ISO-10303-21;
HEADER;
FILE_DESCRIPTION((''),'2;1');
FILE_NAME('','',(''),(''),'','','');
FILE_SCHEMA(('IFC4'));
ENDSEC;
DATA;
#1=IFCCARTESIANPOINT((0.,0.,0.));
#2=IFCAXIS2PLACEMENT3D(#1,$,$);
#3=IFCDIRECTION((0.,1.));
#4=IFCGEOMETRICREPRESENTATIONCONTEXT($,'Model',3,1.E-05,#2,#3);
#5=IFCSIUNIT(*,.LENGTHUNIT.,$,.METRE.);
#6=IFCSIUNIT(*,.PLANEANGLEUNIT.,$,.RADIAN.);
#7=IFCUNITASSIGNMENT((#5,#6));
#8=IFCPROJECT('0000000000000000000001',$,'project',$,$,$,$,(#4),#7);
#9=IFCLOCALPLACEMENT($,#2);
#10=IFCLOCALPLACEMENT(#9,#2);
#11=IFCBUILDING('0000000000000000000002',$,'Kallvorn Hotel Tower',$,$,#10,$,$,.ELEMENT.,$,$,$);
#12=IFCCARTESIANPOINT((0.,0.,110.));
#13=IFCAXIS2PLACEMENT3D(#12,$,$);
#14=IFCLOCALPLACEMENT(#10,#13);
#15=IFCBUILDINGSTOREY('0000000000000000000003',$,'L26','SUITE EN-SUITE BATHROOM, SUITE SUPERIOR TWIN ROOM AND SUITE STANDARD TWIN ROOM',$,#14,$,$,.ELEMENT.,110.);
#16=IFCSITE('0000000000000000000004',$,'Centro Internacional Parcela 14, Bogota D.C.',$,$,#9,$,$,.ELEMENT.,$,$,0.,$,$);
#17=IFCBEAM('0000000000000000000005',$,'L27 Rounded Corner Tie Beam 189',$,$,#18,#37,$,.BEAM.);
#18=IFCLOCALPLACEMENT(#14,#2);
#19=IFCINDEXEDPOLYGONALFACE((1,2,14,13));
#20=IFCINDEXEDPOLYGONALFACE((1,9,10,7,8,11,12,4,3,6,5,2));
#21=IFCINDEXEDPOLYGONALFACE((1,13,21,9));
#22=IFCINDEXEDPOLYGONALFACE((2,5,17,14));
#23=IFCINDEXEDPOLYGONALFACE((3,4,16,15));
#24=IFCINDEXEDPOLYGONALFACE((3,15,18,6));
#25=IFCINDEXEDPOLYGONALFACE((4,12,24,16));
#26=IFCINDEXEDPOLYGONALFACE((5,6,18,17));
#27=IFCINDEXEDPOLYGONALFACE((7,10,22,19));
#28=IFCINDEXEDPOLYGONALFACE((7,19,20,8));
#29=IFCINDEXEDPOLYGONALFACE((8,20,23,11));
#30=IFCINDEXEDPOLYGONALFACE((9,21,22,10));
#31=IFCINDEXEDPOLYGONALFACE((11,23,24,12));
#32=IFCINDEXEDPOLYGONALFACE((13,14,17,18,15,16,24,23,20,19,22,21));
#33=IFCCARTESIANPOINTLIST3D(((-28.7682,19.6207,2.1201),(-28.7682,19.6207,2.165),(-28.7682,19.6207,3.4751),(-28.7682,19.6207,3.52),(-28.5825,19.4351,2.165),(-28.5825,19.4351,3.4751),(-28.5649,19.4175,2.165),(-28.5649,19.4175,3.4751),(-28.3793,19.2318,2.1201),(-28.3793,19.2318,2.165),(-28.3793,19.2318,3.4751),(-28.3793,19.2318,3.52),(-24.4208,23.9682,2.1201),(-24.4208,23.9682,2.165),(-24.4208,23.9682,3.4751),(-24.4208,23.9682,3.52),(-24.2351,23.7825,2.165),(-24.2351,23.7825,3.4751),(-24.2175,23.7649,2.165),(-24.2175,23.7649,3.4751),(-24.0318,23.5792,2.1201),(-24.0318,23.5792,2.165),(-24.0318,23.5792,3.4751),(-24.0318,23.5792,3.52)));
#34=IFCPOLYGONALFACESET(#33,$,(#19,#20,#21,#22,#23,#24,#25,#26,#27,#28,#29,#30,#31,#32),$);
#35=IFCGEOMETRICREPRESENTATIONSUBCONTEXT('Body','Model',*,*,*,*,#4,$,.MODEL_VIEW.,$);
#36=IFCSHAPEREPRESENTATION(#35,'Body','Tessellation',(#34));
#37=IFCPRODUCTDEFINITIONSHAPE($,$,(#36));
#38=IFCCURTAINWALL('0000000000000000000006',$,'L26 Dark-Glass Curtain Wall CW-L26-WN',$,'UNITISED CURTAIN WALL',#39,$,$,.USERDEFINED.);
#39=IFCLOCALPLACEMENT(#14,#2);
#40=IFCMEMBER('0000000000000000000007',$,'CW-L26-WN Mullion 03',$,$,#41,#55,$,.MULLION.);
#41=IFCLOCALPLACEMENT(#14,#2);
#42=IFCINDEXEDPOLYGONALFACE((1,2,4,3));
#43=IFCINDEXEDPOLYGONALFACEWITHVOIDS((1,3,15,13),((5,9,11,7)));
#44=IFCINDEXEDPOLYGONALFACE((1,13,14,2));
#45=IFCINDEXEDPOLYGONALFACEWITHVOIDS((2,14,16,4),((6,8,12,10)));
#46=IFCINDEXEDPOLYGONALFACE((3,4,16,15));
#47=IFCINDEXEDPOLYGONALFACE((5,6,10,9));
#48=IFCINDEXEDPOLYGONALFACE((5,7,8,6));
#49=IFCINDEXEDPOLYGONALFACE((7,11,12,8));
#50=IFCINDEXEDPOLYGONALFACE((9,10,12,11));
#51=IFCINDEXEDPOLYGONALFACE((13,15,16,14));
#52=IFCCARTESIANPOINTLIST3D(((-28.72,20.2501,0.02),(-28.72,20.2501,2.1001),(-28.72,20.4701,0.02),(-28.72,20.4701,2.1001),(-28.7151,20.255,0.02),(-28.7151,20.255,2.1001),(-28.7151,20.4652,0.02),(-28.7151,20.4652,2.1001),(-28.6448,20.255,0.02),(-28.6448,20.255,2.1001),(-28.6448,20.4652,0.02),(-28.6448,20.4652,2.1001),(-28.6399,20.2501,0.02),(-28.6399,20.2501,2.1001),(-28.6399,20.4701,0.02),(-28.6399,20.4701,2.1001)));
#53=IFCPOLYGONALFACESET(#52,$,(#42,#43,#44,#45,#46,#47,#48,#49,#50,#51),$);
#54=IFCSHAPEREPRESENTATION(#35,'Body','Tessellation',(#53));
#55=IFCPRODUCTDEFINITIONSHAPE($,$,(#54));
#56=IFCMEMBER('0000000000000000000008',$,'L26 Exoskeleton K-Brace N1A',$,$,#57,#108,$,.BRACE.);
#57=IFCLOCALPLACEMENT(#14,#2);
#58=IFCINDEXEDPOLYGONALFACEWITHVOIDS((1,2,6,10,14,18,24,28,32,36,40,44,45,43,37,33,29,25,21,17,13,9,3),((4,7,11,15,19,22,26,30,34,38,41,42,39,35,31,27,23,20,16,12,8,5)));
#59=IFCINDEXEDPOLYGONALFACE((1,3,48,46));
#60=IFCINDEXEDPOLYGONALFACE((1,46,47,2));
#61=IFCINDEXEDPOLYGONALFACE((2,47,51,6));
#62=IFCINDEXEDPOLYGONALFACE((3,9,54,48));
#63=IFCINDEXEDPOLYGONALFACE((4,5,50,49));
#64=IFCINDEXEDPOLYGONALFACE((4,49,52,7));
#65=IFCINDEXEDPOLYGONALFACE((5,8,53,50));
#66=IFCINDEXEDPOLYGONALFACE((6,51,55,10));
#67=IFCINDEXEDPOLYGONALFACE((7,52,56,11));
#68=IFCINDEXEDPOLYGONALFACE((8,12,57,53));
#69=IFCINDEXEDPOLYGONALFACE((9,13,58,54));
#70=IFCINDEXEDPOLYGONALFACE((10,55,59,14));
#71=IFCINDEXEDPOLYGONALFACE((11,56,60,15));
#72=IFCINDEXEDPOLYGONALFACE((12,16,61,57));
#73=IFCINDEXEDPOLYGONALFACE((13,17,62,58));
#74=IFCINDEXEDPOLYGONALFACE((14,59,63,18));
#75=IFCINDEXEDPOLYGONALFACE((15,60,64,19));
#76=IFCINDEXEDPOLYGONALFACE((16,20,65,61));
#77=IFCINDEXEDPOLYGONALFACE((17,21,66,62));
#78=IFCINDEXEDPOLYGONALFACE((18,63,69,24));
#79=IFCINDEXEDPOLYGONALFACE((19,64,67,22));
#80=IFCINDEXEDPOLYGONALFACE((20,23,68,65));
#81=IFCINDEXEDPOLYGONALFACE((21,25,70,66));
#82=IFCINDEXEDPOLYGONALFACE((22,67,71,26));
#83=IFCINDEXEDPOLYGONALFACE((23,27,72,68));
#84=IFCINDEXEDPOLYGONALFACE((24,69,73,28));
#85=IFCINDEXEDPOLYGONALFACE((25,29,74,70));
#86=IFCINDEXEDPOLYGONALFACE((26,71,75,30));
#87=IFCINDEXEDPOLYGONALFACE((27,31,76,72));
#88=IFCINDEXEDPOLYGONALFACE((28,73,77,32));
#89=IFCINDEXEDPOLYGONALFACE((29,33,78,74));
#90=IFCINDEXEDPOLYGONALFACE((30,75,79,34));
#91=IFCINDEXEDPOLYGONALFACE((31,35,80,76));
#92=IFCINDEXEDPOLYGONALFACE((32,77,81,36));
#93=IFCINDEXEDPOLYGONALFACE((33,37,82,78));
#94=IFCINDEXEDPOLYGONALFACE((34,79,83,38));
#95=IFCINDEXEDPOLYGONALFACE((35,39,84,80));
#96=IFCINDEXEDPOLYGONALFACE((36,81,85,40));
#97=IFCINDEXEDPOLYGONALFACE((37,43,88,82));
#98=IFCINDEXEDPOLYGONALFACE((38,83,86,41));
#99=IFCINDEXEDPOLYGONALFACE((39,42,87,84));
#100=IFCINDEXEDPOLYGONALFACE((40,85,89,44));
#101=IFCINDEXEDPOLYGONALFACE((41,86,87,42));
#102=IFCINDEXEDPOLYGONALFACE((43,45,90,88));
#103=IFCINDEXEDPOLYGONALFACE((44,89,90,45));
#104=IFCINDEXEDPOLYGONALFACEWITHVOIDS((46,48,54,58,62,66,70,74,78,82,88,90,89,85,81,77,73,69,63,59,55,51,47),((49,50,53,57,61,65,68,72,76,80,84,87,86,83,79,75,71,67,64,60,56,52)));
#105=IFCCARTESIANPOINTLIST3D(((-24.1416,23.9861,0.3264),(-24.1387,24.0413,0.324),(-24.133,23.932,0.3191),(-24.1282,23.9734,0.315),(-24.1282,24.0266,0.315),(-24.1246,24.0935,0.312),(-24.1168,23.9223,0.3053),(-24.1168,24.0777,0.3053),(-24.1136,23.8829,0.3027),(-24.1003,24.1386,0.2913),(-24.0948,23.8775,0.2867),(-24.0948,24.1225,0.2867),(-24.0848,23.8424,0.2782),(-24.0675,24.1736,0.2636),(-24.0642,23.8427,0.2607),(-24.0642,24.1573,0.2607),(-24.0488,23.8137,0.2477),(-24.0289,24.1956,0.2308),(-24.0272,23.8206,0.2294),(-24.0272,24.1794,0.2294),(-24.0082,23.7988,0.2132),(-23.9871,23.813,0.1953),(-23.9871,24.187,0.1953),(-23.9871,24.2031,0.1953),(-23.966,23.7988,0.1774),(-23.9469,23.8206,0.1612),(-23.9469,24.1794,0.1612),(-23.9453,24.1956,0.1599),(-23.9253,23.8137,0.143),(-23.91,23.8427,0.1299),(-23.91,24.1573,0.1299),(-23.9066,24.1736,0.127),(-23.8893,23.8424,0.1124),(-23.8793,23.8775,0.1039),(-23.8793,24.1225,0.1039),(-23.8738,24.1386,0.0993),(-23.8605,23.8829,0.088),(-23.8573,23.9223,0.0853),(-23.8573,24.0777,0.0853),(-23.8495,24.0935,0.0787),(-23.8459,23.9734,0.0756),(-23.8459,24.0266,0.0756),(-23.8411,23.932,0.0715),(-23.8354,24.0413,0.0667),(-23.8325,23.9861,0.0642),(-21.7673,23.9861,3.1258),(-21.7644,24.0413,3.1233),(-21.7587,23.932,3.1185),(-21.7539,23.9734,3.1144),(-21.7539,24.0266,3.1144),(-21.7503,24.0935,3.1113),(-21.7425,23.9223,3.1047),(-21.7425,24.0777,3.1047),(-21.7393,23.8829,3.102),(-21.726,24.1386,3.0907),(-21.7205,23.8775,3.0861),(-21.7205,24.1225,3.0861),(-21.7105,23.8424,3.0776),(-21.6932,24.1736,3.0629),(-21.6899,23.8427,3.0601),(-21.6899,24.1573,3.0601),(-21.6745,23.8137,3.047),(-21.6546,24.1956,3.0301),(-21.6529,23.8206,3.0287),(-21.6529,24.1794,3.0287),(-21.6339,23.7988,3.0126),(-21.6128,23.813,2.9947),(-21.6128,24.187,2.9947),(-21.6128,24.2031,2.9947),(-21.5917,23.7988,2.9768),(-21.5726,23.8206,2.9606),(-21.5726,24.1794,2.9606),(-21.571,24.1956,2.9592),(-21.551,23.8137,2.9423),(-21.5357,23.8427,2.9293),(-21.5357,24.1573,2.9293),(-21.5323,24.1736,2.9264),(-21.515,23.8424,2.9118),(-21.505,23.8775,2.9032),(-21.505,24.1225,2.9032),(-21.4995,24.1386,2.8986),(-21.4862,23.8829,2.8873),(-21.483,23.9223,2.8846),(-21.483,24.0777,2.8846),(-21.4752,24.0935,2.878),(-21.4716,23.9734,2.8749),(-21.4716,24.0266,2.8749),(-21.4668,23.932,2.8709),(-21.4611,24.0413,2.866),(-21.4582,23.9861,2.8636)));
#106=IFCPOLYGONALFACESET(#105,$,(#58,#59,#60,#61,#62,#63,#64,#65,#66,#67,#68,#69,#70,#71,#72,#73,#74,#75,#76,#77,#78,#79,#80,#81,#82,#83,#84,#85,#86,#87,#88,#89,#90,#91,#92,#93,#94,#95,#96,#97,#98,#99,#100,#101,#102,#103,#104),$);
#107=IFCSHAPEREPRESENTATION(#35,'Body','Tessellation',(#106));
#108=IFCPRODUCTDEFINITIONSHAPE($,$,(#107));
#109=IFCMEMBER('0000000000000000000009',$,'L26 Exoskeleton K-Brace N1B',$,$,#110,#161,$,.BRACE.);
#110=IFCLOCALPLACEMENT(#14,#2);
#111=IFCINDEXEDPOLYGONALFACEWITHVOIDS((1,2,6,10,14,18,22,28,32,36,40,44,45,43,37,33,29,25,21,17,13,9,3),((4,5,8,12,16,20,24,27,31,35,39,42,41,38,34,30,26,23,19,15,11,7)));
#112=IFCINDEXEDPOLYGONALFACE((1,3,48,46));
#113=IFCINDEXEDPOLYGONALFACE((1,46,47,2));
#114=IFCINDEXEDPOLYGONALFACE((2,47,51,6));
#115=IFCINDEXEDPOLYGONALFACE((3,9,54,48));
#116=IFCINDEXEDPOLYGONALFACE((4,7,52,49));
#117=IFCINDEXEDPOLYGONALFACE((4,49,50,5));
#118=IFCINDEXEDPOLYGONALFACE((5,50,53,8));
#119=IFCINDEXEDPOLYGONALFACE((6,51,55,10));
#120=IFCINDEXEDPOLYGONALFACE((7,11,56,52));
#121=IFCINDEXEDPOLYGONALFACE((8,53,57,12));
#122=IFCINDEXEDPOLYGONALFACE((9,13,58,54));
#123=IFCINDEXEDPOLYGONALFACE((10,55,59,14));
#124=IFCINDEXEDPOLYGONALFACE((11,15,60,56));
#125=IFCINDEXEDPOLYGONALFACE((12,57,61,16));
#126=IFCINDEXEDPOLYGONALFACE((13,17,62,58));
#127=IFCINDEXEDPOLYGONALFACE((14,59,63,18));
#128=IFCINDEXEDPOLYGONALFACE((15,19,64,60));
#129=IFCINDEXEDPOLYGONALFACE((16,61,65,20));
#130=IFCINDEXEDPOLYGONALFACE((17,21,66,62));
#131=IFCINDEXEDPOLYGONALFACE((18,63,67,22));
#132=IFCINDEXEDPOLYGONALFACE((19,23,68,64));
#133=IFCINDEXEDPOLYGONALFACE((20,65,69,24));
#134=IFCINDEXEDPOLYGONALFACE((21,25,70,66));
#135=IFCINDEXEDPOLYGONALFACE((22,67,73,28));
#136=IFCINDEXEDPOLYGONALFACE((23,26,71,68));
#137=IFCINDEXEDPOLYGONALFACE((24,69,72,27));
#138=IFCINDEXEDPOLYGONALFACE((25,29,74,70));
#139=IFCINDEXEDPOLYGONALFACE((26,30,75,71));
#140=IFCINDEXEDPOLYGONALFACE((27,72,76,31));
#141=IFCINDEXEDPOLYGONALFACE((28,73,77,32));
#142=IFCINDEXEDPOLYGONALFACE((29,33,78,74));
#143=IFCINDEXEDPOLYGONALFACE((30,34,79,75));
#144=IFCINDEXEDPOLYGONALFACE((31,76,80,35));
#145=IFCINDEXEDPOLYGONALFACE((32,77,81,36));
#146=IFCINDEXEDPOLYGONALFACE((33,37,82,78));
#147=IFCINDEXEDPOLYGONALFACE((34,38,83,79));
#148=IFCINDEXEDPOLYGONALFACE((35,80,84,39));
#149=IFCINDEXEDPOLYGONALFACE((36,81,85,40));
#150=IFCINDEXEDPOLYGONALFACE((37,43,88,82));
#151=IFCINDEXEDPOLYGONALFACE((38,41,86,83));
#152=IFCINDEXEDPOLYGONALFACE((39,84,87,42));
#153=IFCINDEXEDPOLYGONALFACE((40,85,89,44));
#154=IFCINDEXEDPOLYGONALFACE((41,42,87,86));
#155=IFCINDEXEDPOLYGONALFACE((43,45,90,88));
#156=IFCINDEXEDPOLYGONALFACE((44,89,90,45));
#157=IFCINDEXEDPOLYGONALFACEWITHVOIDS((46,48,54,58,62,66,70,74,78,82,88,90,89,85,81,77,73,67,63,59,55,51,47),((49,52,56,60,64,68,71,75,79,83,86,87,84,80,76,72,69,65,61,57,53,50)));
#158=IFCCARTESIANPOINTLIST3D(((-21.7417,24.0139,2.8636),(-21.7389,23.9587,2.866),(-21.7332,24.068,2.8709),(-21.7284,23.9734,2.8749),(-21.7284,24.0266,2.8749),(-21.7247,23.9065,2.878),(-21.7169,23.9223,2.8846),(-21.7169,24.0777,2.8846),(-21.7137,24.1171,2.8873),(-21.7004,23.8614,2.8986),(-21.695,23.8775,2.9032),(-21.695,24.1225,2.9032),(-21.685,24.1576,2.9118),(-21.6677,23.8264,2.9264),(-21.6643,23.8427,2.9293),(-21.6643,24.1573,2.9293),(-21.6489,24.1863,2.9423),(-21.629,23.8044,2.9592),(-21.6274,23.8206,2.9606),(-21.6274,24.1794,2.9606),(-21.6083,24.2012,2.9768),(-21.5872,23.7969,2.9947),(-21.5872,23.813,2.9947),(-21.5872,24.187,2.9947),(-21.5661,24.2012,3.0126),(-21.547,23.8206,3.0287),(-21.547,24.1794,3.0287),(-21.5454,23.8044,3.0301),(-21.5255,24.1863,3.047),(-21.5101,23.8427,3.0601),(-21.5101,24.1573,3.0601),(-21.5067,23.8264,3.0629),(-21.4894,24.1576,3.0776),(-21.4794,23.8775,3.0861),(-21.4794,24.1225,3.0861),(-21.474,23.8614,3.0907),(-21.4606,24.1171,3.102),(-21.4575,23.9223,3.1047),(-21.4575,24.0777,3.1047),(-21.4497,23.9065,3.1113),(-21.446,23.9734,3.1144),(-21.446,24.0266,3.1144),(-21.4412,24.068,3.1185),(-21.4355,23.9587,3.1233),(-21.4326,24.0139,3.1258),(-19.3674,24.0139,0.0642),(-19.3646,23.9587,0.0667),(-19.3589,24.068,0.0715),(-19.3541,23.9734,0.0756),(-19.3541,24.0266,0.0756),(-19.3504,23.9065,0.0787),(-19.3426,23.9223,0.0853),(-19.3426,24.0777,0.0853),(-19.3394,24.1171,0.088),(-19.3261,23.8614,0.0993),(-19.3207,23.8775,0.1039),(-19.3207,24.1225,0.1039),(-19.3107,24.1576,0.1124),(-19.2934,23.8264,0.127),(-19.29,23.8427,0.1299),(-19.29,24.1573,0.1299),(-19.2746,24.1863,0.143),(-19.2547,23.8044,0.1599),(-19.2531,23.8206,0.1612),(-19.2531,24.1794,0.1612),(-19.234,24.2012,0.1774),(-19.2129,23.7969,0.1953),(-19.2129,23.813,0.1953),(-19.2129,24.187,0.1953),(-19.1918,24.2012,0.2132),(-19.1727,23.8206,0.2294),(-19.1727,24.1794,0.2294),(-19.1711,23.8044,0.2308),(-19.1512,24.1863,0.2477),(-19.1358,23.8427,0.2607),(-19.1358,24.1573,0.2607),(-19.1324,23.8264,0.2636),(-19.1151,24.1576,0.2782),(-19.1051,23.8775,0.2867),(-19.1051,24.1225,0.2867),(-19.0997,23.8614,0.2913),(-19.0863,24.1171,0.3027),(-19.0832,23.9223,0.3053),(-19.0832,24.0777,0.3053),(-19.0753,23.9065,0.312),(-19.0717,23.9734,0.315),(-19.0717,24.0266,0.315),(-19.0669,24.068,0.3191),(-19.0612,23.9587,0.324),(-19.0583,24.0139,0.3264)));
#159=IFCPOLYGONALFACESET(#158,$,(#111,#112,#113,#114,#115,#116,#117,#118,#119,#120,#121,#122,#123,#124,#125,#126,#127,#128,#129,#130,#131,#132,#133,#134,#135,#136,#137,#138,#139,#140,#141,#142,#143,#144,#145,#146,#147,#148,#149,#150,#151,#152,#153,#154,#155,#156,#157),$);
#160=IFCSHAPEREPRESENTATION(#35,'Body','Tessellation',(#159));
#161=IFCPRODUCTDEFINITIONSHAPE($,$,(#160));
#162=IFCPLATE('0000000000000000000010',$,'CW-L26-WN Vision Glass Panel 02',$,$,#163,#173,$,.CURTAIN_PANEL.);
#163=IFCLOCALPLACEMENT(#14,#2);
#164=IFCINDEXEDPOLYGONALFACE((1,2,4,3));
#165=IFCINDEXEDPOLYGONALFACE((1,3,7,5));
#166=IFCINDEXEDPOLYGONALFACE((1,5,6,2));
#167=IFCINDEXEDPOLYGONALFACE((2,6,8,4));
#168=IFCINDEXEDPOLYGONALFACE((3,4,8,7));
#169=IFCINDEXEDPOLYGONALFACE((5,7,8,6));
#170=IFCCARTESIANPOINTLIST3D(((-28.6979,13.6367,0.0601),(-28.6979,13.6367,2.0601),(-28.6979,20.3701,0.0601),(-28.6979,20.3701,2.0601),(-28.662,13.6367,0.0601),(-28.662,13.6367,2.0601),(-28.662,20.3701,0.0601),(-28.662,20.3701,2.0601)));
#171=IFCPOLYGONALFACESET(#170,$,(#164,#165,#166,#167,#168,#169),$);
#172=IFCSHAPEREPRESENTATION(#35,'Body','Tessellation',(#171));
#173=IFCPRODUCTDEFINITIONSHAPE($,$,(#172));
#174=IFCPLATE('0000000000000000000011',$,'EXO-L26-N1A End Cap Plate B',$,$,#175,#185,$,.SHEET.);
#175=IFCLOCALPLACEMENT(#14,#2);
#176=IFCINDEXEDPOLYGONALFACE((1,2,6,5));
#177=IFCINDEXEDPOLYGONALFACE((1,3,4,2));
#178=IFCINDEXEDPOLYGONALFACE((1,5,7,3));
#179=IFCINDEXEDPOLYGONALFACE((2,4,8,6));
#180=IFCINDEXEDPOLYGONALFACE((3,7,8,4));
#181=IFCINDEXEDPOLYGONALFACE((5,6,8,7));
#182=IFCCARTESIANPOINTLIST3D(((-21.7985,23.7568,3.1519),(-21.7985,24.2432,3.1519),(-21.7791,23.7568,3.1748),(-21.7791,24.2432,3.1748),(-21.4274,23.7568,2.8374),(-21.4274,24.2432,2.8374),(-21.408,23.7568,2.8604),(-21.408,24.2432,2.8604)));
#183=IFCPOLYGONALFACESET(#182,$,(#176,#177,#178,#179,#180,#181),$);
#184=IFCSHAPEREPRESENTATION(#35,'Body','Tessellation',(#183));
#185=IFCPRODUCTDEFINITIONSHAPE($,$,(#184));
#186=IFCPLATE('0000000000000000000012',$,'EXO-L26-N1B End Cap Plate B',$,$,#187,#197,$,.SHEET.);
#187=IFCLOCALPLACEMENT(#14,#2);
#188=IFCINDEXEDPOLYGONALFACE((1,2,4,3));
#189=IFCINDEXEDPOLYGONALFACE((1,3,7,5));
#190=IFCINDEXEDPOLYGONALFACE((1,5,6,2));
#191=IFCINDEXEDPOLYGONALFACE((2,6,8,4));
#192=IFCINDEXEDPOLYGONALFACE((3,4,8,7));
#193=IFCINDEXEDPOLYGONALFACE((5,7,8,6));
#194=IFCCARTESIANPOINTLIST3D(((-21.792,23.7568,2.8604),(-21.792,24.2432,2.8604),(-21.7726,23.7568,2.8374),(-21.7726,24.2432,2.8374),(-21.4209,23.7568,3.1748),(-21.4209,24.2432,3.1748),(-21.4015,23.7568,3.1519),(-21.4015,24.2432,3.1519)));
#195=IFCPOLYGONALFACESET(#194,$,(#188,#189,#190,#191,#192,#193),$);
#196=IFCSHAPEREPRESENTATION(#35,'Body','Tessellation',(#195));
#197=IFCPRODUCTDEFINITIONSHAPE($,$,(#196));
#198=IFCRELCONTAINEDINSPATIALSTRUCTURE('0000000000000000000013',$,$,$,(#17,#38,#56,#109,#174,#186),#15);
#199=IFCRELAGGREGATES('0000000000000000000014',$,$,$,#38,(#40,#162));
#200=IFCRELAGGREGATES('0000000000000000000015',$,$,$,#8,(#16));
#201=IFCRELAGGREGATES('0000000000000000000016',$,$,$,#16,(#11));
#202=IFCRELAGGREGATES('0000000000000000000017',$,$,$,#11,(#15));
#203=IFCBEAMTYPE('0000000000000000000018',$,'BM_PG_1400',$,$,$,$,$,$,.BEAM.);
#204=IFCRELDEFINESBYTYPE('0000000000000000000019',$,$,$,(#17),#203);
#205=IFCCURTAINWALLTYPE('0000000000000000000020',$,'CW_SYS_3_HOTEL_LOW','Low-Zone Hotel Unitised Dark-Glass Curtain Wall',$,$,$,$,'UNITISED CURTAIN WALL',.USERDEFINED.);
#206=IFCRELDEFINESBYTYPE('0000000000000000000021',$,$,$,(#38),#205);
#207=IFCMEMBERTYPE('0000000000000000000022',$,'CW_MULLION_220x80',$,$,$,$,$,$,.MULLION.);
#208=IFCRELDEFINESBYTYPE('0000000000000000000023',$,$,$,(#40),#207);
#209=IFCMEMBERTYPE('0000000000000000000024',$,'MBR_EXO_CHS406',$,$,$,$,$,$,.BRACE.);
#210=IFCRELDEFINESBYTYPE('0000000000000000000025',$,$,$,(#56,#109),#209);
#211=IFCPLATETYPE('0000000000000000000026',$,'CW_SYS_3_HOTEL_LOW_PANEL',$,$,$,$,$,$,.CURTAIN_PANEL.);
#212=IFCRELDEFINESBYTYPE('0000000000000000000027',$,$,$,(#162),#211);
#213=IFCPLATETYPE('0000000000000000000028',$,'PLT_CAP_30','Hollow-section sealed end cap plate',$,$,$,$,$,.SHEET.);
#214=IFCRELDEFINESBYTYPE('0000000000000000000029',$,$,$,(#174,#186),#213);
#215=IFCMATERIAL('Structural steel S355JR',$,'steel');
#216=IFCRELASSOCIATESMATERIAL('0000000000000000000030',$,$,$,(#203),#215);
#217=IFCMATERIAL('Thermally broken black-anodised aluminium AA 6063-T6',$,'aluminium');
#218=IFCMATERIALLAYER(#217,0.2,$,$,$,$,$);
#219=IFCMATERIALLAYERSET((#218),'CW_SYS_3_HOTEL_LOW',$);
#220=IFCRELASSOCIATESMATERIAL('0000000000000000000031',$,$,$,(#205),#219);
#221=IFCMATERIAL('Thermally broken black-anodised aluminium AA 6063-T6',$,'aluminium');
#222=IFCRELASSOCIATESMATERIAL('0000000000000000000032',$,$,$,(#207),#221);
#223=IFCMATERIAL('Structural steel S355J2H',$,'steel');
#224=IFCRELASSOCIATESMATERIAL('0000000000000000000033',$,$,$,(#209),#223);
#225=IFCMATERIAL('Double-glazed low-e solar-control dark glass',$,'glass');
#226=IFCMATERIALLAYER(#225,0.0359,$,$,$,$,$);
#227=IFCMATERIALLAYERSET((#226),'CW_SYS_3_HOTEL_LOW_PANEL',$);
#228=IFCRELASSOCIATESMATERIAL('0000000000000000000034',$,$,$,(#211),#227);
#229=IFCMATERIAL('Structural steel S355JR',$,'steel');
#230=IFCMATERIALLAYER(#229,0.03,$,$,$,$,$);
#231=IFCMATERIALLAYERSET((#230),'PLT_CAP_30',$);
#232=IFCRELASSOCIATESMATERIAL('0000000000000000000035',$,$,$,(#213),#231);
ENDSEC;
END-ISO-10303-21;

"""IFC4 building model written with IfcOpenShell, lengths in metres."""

from ifc_helpers import new_model, si_unit, direction, frame, origin, origin_2d, place, context, subcontext, project, spatial, polyline, rectangle, hollow_rectangle, hollow_circle, i_section, outline, extrude, material, layer, layer_set, material_profile, profile_set, type_object, element, aggregate, save


model = new_model("IFC4")

# Units and contexts
model_context = context("Model", 3, precision=1e-05, world=origin(), true_north=direction((0.0, 1.0)))
body_context = subcontext(model_context, "Body", "Model", "MODEL_VIEW")
ifc_project = project(units=[si_unit("LENGTHUNIT", "METRE"), si_unit("PLANEANGLEUNIT", "RADIAN")], contexts=[model_context])

# Site, building, storey
site_placement = place(None, origin())
site = spatial("IfcSite", under=ifc_project, at=site_placement, Name="Centro Internacional Parcela 14, Bogota D.C.", CompositionType="ELEMENT", RefElevation=0.0)
building_placement = place(site_placement, origin())
building = spatial("IfcBuilding", under=site, at=building_placement, Name="Kallvorn Hotel Tower", CompositionType="ELEMENT")
storey_placement = place(building_placement, frame((0.0, 0.0, 110.0)))
storey = spatial("IfcBuildingStorey", under=building, at=storey_placement, Name="L26", Description="SUITE EN-SUITE BATHROOM, SUITE SUPERIOR TWIN ROOM AND SUITE STANDARD TWIN ROOM", CompositionType="ELEMENT", Elevation=110.0)

# Beam
ifc_material_1 = material(Name="Structural steel S355JR", Category="steel")
ifc_material_profile_1 = material_profile(ifc_material_1, i_section(OverallWidth=0.55, OverallDepth=1.3999, WebThickness=0.0249, FlangeThickness=0.0449, at=origin_2d()), Name="PG 1400x550x25x45")
ifc_profile_set_1 = profile_set([ifc_material_profile_1], Name="Structural steel S355JR")
beam_type_1 = type_object("IfcBeamType", Name="BM_PG_1400", PredefinedType="BEAM", material=ifc_profile_set_1)
beam_1_placement = place(storey_placement, frame((-28.5737, 19.4263, 2.8201), z_axis=(0.707107, 0.707107, 0.0), x_axis=(-0.707107, 0.707107, 0.0)))
element("IfcBeam", 1, at=beam_1_placement, inside=storey, type_object=beam_type_1, Name="L27 Rounded Corner Tie Beam 189", PredefinedType="BEAM", context=body_context, shape_type="SweptSolid", body=[
    extrude(i_section(OverallWidth=0.55, OverallDepth=1.3999, WebThickness=0.0249, FlangeThickness=0.0449, at=origin_2d()), origin(), (0.0, 0.0, 1.0), 6.1482),
])

# Curtain wall, member
ifc_material_2 = material(Name="Thermally broken black-anodised aluminium AA 6063-T6", Category="aluminium")
ifc_layer_1 = layer(ifc_material_2, 0.2)
ifc_layer_set_1 = layer_set([ifc_layer_1], Name="CW_SYS_3_HOTEL_LOW")
curtain_wall_type = type_object("IfcCurtainWallType", Name="CW_SYS_3_HOTEL_LOW", Description="Low-Zone Hotel Unitised Dark-Glass Curtain Wall", ElementType="UNITISED CURTAIN WALL", PredefinedType="USERDEFINED", material=ifc_layer_set_1)
curtain_wall_placement = place(storey_placement, origin())
curtain_wall = element("IfcCurtainWall", 2, at=curtain_wall_placement, inside=storey, type_object=curtain_wall_type, Name="L26 Dark-Glass Curtain Wall CW-L26-WN", ObjectType="UNITISED CURTAIN WALL", PredefinedType="USERDEFINED")
ifc_material_3 = material(Name="Thermally broken black-anodised aluminium AA 6063-T6", Category="aluminium")
ifc_material_profile_2 = material_profile(ifc_material_3, hollow_rectangle(XDim=0.0801, YDim=0.22, WallThickness=0.0049, at=origin_2d()), Name="MUL 220x80")
ifc_profile_set_2 = profile_set([ifc_material_profile_2], Name="Thermally broken black-anodised aluminium AA 6063-T6")
member_type_1 = type_object("IfcMemberType", Name="CW_MULLION_220x80", PredefinedType="MULLION", material=ifc_profile_set_2)
member_placement = place(storey_placement, frame((-28.6799, 20.3601, 0.02), z_axis=(0.0, 0.0, 1.0), x_axis=(1.0, 0.0, 0.0)))
member = element("IfcMember", 3, at=member_placement, type_object=member_type_1, Name="CW-L26-WN Mullion 03", PredefinedType="MULLION", context=body_context, shape_type="SweptSolid", body=[
    extrude(hollow_rectangle(XDim=0.0801, YDim=0.22, WallThickness=0.0049, at=origin_2d()), origin(), (0.0, 0.0, 1.0), 2.0801),
])

# Members
ifc_material_4 = material(Name="Structural steel S355J2H", Category="steel")
ifc_material_profile_3 = material_profile(ifc_material_4, hollow_circle(Radius=0.2031, WallThickness=0.0161, at=origin_2d()), Name="CHS 406.4x16")
ifc_profile_set_3 = profile_set([ifc_material_profile_3], Name="Structural steel S355J2H")
member_type_2 = type_object("IfcMemberType", Name="MBR_EXO_CHS406", PredefinedType="BRACE", material=ifc_profile_set_3)
for number, where, z_axis, x_axis, name in (
    (4, (-23.9871, 24.0, 0.1953), (0.646833, 0.0, 0.762631), (0.0, 1.0, 0.0), "L26 Exoskeleton K-Brace N1A"),
    (5, (-19.2129, 24.0, 0.1953), (-0.646833, 0.0, 0.762631), (0.0, -1.0, 0.0), "L26 Exoskeleton K-Brace N1B"),
):
    element("IfcMember", number, at=place(storey_placement, frame(where, z_axis=z_axis, x_axis=x_axis)), inside=storey, type_object=member_type_2, Name=name, PredefinedType="BRACE", context=body_context, shape_type="SweptSolid", body=[
        extrude(hollow_circle(Radius=0.2031, WallThickness=0.0161, at=origin_2d()), origin(), (0.0, 0.0, 1.0), 3.6707),
    ])

# Plate
ifc_material_5 = material(Name="Double-glazed low-e solar-control dark glass", Category="glass")
ifc_layer_2 = layer(ifc_material_5, 0.0359)
ifc_layer_set_2 = layer_set([ifc_layer_2], Name="CW_SYS_3_HOTEL_LOW_PANEL")
plate_type_1 = type_object("IfcPlateType", Name="CW_SYS_3_HOTEL_LOW_PANEL", PredefinedType="CURTAIN_PANEL", material=ifc_layer_set_2)
plate_1_placement = place(storey_placement, frame((-28.6799, 17.0034, 0.0601), z_axis=(0.0, 0.0, 1.0), x_axis=(0.0, 1.0, 0.0)))
plate_1 = element("IfcPlate", 6, at=plate_1_placement, type_object=plate_type_1, Name="CW-L26-WN Vision Glass Panel 02", PredefinedType="CURTAIN_PANEL", context=body_context, shape_type="SweptSolid", body=[
    extrude(rectangle(XDim=6.7334, YDim=0.0359, at=origin_2d()), origin(), (0.0, 0.0, 1.0), 2.0),
])
aggregate(curtain_wall, [member, plate_1])

# Plates
ifc_material_6 = material(Name="Structural steel S355JR", Category="steel")
ifc_layer_3 = layer(ifc_material_6, 0.03)
ifc_layer_set_3 = layer_set([ifc_layer_3], Name="PLT_CAP_30")
plate_type_2 = type_object("IfcPlateType", Name="PLT_CAP_30", Description="Hollow-section sealed end cap plate", PredefinedType="SHEET", material=ifc_layer_set_3)
for number, where, z_axis, x_axis, name in (
    (7, (-21.408, 23.7568, 2.8604), (0.646482, 0.0, 0.762929), (0.0, 1.0, 0.0), "EXO-L26-N1A End Cap Plate B"),
    (8, (-21.792, 24.2432, 2.8604), (-0.646482, 0.0, 0.762929), (0.0, -1.0, 0.0), "EXO-L26-N1B End Cap Plate B"),
):
    element("IfcPlate", number, at=place(storey_placement, frame(where, z_axis=z_axis, x_axis=x_axis)), inside=storey, type_object=plate_type_2, Name=name, PredefinedType="SHEET", context=body_context, shape_type="SweptSolid", body=[
        extrude(outline(polyline([(0.0, 0.0), (0.4863, 0.0), (0.4863, 0.4864), (0.0, 0.4864), (0.0, 0.0)])), origin(), (0.0, 0.0, -1.0), 0.03),
    ])

save(model, "model.ifc")
